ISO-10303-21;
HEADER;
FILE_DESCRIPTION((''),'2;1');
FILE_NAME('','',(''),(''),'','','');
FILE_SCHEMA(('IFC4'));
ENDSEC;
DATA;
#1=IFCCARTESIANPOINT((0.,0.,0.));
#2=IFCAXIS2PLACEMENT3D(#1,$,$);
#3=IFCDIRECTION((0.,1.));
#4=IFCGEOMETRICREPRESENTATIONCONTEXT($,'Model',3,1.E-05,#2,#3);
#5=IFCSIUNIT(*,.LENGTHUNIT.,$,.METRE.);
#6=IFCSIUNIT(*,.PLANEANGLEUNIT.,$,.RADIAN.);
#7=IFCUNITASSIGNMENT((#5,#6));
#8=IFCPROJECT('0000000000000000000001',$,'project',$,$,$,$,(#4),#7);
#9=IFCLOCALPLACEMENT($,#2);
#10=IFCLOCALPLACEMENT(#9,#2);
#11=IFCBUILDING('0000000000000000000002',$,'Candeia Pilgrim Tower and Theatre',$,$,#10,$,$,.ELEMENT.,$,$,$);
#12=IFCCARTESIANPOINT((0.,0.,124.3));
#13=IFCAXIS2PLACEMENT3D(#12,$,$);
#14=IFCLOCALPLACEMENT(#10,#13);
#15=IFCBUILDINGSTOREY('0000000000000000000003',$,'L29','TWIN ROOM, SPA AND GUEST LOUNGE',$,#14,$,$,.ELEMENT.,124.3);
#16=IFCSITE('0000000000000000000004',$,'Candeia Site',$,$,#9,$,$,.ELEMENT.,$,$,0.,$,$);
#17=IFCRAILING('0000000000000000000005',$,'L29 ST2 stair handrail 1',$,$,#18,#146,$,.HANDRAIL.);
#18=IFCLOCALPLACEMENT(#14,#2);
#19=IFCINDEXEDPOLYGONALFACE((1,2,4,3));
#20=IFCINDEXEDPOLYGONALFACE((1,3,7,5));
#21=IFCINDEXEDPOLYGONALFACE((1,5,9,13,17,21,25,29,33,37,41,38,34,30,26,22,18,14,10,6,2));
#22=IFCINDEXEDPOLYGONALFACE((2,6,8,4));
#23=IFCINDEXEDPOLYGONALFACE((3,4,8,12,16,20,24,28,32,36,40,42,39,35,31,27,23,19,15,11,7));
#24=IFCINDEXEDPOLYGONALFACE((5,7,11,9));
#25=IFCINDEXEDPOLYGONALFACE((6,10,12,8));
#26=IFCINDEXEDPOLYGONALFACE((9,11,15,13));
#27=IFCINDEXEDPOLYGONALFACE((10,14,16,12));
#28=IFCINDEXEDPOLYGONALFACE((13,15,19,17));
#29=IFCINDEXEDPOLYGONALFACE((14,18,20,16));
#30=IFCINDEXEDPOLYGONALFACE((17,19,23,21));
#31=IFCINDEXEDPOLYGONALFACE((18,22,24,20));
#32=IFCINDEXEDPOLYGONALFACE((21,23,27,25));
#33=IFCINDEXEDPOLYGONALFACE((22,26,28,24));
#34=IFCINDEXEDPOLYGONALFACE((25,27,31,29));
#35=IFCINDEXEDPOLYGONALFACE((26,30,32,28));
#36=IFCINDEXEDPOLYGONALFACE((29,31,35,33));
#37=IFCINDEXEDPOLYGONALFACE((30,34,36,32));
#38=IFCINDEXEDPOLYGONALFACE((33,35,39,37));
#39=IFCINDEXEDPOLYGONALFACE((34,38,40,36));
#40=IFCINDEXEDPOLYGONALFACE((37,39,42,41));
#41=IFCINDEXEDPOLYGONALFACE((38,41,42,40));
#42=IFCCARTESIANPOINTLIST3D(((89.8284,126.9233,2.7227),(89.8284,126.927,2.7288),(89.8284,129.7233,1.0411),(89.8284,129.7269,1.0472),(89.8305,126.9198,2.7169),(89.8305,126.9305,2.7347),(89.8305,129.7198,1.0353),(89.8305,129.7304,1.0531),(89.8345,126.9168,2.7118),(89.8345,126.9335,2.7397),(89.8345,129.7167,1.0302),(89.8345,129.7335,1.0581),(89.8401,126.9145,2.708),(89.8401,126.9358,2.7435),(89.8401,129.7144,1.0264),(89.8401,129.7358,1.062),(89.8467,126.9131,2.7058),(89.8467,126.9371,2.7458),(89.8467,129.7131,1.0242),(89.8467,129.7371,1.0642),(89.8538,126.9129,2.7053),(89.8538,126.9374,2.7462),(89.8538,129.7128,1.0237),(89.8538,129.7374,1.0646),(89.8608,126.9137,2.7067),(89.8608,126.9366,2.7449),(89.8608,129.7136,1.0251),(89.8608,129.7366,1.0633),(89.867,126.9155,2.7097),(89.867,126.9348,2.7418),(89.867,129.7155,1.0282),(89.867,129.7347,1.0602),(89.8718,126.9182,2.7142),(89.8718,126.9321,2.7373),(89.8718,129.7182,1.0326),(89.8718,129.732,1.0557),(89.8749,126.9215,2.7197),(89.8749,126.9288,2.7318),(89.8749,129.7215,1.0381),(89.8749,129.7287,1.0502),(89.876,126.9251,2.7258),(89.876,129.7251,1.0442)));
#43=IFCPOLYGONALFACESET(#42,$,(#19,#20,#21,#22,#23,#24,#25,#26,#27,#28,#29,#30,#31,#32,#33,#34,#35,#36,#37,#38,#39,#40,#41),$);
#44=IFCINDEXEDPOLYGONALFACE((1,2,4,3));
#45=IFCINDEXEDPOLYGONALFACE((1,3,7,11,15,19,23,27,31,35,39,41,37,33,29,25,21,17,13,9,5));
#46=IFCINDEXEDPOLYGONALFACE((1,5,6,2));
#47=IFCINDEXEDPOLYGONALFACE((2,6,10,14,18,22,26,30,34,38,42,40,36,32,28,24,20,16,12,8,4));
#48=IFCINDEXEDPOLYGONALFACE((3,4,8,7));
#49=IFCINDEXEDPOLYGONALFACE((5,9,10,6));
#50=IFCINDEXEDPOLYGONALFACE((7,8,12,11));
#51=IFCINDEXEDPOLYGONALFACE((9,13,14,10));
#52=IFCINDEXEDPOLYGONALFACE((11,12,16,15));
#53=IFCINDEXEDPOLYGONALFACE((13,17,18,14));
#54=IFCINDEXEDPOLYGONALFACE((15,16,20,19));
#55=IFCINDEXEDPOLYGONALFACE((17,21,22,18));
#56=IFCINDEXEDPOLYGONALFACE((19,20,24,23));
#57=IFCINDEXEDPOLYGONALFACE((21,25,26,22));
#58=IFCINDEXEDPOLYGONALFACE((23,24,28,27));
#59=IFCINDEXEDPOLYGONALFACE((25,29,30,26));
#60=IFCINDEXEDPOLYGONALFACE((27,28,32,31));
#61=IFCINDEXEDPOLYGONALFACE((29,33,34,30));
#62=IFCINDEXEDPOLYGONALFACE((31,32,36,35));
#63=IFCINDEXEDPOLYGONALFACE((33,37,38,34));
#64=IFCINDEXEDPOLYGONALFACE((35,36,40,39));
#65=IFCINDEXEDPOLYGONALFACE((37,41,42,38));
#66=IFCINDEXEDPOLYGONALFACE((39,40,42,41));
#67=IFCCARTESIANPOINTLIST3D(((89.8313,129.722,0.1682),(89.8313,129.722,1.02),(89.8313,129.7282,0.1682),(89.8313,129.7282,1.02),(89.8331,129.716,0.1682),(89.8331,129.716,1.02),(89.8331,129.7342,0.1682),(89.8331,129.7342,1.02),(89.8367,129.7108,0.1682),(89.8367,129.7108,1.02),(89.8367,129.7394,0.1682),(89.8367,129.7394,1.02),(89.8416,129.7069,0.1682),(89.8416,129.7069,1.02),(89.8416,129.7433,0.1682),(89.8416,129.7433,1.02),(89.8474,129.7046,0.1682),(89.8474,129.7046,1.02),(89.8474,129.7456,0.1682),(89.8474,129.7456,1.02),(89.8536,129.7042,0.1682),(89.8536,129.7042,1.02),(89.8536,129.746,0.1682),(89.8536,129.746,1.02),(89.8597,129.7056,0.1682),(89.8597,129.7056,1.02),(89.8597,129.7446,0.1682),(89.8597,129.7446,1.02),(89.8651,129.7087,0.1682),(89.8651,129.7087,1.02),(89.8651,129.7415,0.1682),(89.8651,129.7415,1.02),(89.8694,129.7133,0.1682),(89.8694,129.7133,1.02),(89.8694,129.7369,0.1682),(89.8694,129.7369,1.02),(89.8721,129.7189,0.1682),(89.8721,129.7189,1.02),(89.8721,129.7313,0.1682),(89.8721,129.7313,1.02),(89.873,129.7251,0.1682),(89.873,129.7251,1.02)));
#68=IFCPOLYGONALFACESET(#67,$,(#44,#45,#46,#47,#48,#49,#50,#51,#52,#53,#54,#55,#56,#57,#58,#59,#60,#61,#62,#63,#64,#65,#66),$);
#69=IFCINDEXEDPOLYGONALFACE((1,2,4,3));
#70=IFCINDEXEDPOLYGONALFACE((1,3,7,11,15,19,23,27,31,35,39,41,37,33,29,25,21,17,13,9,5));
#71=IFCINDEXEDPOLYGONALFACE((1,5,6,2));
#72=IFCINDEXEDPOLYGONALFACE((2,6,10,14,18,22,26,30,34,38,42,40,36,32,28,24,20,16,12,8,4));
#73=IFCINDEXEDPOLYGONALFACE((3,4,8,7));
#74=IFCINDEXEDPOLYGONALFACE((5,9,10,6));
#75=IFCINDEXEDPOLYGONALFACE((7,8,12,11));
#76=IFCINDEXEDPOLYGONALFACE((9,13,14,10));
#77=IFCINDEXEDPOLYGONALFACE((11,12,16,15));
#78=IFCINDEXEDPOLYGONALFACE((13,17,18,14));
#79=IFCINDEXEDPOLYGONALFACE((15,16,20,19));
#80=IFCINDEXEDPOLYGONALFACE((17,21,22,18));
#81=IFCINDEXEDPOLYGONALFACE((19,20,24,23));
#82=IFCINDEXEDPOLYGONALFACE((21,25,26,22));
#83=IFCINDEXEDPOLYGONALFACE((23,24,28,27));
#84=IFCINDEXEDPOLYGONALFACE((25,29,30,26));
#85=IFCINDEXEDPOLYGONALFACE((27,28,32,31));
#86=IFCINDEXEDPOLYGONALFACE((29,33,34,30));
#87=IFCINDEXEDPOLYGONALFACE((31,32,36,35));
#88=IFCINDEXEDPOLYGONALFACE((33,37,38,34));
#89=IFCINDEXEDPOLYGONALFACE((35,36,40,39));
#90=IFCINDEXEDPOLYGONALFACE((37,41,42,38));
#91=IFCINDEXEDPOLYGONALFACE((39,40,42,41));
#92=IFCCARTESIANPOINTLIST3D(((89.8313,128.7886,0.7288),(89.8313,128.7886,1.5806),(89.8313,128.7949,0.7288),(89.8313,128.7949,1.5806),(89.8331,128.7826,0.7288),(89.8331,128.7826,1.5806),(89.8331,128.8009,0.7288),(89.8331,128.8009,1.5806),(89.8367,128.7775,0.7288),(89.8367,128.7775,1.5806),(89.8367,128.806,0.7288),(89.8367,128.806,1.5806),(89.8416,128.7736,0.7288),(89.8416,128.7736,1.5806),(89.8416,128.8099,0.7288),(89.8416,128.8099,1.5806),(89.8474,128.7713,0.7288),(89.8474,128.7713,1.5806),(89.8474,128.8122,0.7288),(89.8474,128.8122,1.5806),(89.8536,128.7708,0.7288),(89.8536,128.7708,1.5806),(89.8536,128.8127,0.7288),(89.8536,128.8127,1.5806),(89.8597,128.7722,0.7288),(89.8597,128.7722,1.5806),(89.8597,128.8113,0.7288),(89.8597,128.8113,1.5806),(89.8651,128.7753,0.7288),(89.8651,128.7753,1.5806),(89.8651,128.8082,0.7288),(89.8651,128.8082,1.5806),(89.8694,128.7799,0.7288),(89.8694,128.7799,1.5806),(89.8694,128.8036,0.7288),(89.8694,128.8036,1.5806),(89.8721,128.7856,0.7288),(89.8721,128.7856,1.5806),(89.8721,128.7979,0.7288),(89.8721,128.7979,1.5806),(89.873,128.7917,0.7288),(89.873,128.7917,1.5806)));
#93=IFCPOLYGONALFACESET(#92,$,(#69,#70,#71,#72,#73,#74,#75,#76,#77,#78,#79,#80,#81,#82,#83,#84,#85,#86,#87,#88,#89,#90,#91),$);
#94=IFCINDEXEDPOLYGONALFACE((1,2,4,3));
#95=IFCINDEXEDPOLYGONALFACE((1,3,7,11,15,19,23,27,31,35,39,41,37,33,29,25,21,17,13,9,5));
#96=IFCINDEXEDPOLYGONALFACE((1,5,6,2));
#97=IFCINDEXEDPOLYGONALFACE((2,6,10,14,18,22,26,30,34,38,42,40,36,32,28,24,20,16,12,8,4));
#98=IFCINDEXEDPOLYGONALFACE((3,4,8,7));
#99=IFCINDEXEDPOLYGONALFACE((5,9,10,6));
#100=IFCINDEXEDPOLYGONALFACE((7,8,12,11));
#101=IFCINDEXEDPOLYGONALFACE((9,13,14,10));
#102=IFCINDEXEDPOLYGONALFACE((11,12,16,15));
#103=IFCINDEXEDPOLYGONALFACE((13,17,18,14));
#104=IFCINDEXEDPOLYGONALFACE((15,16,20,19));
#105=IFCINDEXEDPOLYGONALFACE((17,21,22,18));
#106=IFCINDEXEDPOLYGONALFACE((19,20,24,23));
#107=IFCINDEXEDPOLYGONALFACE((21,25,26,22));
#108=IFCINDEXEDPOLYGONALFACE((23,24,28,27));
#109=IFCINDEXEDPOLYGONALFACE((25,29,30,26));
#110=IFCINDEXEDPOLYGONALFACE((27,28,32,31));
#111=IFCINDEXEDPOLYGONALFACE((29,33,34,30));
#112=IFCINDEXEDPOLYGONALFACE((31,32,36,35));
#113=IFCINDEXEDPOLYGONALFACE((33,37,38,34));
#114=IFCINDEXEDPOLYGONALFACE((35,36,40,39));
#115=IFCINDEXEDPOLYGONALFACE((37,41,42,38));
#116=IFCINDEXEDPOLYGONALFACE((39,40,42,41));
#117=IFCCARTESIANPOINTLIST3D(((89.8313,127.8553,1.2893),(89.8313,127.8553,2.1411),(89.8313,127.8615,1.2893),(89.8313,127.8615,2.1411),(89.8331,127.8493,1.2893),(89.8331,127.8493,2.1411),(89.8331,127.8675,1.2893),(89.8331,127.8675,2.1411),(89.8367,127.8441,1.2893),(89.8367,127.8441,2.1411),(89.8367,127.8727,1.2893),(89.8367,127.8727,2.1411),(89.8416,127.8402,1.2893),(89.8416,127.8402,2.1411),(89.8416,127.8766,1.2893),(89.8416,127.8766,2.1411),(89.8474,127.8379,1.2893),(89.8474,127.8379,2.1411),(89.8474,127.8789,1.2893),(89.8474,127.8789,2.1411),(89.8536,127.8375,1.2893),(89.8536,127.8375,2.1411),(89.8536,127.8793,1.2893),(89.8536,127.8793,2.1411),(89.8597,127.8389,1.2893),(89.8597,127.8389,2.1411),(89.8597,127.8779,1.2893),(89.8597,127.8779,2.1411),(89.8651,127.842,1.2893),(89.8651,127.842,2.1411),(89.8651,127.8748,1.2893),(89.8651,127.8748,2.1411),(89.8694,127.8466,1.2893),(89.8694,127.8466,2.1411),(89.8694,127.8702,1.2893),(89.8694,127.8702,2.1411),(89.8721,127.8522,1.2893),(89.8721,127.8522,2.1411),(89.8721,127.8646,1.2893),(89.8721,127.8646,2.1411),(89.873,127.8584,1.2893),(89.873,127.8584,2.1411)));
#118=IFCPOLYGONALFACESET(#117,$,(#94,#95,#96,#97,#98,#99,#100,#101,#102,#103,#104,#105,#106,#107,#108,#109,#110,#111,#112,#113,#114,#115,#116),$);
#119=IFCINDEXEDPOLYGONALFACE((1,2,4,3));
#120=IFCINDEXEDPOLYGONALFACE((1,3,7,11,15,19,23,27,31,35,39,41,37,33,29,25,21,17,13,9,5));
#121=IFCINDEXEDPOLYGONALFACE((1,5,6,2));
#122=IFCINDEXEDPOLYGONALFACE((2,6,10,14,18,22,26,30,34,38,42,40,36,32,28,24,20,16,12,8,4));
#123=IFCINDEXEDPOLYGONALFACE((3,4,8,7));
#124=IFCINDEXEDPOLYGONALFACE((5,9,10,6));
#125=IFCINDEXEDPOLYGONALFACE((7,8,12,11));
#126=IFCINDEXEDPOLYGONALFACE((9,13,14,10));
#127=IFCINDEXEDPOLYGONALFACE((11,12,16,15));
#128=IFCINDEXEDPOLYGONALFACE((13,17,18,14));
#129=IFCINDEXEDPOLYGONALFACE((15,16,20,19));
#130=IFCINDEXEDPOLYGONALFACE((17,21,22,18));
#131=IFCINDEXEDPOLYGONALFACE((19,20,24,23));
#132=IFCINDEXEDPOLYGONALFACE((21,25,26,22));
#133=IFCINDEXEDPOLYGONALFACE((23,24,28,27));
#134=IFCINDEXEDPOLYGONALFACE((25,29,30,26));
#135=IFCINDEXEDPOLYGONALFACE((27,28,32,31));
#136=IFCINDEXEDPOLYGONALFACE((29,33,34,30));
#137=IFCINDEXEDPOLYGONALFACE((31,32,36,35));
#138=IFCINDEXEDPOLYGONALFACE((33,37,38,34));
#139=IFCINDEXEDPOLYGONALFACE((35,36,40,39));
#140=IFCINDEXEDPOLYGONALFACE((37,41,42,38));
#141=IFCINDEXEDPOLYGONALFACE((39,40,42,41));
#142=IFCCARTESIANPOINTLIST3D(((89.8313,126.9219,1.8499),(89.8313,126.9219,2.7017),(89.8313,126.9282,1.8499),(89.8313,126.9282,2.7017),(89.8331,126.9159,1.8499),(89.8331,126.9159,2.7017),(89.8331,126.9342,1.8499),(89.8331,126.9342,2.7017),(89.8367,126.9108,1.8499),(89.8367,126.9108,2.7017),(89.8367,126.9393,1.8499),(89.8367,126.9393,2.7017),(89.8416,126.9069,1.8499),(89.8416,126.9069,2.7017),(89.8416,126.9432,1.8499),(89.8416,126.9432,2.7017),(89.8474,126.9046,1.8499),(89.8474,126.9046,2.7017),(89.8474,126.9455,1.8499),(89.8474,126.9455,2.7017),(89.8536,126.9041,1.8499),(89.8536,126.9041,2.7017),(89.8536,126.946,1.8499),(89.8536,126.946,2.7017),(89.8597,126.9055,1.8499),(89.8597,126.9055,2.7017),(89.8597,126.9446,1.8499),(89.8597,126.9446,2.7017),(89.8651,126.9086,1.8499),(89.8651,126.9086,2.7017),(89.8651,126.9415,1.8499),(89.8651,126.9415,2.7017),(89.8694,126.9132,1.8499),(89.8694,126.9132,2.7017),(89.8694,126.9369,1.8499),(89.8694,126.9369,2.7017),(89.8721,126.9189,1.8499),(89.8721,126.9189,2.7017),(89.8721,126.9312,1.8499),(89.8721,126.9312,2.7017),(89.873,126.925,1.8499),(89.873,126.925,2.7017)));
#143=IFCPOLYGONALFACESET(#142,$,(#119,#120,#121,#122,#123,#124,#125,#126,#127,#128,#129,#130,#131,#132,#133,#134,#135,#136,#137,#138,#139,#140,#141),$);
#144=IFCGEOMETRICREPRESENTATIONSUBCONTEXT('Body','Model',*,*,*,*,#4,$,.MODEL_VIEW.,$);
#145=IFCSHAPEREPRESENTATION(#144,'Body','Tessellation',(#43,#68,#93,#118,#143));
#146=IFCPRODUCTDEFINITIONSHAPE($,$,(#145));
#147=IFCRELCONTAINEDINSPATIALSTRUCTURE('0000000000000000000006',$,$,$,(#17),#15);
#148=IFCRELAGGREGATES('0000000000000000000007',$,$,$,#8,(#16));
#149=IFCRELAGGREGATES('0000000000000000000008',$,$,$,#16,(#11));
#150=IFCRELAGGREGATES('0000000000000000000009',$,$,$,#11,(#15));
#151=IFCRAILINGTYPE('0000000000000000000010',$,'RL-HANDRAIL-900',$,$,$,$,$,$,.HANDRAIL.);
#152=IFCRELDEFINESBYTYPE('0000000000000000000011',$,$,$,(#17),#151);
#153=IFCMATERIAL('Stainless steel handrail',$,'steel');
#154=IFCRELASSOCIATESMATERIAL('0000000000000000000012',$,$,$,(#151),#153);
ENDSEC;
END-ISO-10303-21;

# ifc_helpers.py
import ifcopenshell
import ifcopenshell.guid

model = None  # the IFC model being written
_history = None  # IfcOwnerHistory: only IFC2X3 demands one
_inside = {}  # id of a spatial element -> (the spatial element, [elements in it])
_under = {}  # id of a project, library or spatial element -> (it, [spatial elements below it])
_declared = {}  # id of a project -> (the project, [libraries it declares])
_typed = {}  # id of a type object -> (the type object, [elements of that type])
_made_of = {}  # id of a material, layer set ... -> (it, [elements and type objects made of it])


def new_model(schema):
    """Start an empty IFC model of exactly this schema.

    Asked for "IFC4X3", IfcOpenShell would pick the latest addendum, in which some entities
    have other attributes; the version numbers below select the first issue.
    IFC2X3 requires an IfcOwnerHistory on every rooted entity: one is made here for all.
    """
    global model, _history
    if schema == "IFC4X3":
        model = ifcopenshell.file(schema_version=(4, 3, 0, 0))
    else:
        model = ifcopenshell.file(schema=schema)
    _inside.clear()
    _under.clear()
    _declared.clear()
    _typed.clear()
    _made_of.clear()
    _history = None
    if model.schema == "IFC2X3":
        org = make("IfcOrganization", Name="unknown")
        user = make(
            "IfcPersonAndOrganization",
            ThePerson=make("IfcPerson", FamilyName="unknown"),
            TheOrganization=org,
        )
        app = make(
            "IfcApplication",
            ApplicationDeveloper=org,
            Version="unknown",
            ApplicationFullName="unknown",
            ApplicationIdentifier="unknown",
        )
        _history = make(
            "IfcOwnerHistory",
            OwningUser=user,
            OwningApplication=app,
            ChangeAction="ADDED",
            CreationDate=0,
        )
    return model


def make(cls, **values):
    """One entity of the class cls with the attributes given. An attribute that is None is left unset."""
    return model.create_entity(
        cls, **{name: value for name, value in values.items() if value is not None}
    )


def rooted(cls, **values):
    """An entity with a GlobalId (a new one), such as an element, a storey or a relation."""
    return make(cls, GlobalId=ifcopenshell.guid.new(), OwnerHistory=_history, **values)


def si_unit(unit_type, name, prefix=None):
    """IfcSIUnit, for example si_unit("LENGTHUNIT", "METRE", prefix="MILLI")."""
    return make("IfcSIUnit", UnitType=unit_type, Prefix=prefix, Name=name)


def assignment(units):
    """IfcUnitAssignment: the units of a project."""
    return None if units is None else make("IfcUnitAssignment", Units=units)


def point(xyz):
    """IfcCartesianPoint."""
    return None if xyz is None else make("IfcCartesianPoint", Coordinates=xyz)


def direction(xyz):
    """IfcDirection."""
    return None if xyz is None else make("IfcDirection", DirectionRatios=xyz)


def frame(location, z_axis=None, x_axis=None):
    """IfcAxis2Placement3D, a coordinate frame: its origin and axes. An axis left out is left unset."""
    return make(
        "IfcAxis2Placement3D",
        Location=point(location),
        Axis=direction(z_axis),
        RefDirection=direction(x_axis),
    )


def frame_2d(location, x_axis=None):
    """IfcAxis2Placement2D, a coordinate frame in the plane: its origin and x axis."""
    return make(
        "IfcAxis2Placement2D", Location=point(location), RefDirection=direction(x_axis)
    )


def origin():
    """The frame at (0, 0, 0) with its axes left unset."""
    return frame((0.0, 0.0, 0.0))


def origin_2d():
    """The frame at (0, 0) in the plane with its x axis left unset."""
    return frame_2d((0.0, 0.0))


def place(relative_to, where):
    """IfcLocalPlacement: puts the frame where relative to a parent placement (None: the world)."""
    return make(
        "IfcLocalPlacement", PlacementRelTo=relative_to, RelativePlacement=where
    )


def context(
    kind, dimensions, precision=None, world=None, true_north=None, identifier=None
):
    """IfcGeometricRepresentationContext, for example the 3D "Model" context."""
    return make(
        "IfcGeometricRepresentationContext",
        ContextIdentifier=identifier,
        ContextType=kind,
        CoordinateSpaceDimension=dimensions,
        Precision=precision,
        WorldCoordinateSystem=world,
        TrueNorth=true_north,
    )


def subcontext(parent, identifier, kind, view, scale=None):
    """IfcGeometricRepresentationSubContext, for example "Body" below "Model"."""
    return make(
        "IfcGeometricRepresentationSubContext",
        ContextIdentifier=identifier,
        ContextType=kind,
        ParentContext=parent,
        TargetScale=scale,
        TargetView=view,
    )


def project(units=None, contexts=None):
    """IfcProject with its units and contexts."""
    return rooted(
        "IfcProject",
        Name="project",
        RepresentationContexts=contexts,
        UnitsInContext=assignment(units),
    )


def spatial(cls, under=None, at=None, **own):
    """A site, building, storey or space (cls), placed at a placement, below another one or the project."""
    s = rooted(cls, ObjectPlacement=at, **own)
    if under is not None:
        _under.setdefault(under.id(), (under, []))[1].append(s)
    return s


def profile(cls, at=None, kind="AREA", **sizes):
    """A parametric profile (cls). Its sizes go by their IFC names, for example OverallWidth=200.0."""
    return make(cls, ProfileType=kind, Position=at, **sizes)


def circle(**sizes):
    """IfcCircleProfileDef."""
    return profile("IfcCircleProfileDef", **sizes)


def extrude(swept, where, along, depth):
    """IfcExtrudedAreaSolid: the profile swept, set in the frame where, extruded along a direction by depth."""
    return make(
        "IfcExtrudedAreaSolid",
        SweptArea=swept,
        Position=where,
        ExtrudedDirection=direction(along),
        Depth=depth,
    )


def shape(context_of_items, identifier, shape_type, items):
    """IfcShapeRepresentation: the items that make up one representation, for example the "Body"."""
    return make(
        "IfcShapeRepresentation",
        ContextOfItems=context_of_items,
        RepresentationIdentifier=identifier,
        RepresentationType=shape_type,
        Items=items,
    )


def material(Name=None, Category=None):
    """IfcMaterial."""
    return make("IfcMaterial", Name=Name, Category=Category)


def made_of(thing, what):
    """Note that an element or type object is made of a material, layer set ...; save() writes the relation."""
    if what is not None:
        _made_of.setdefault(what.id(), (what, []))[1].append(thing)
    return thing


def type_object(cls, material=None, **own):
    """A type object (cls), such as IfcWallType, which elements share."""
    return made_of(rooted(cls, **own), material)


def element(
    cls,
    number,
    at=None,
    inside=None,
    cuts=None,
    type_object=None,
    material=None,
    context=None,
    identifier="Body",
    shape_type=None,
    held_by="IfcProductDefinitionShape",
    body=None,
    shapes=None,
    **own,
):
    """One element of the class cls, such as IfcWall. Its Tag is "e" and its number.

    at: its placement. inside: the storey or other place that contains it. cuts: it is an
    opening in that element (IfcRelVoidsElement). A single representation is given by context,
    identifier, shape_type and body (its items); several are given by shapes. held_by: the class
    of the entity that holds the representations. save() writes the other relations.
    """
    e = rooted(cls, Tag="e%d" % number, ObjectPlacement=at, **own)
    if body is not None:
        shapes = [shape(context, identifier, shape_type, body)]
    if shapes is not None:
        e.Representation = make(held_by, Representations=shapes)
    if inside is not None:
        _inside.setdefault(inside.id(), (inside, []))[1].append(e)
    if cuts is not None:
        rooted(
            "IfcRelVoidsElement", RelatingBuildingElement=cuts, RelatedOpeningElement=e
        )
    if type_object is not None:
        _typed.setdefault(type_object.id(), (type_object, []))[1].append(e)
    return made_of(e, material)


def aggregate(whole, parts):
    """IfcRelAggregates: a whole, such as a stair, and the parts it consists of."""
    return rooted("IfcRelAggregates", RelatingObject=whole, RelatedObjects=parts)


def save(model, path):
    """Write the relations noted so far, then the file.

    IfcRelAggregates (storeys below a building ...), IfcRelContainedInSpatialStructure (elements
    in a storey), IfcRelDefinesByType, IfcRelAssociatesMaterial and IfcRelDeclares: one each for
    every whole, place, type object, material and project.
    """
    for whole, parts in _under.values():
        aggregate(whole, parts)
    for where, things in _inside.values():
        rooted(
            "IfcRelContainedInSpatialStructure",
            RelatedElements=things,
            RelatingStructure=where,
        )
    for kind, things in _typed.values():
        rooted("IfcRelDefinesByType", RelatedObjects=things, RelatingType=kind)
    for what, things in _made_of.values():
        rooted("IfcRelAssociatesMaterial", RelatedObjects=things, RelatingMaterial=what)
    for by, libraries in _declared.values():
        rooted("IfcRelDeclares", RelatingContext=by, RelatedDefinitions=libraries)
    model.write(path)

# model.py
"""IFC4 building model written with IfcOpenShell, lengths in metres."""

from ifc_helpers import new_model, si_unit, direction, frame, origin, origin_2d, place, context, subcontext, project, spatial, circle, extrude, material, type_object, element, save


model = new_model("IFC4")

# Units and contexts
model_context = context("Model", 3, precision=1e-05, world=origin(), true_north=direction((0.0, 1.0)))
body_context = subcontext(model_context, "Body", "Model", "MODEL_VIEW")
ifc_project = project(units=[si_unit("LENGTHUNIT", "METRE"), si_unit("PLANEANGLEUNIT", "RADIAN")], contexts=[model_context])

# Site, building, storey
site_placement = place(None, origin())
site = spatial("IfcSite", under=ifc_project, at=site_placement, Name="Candeia Site", CompositionType="ELEMENT", RefElevation=0.0)
building_placement = place(site_placement, origin())
building = spatial("IfcBuilding", under=site, at=building_placement, Name="Candeia Pilgrim Tower and Theatre", CompositionType="ELEMENT")
storey_placement = place(building_placement, frame((0.0, 0.0, 124.3)))
storey = spatial("IfcBuildingStorey", under=building, at=storey_placement, Name="L29", Description="TWIN ROOM, SPA AND GUEST LOUNGE", CompositionType="ELEMENT", Elevation=124.3)

# Railing
ifc_material_1 = material(Name="Stainless steel handrail", Category="steel")
railing_type_1 = type_object("IfcRailingType", Name="RL-HANDRAIL-900", PredefinedType="HANDRAIL", material=ifc_material_1)
for number, where, name in (
    (1, (89.8521, 129.7251, 0.1682), "L29 ST2 stair handrail 1"),
):
    element("IfcRailing", number, at=place(storey_placement, frame(where)), inside=storey, type_object=railing_type_1, Name=name, PredefinedType="HANDRAIL", context=body_context, shape_type="SweptSolid", body=[
        extrude(circle(Radius=0.0239, at=origin_2d()), frame((0.0, 0.0, 0.876), z_axis=(0.0, -0.857275, 0.514858), x_axis=(1.0, 0.0, 0.0)), (0.0, 0.0, 1.0), 3.2661),
        extrude(circle(Radius=0.021, at=origin_2d()), origin(), (0.0, 0.0, 1.0), 0.8518),
        extrude(circle(Radius=0.021, at=origin_2d()), frame((0.0, -0.9333, 0.5605)), (0.0, 0.0, 1.0), 0.8518),
        extrude(circle(Radius=0.021, at=origin_2d()), frame((0.0, -1.8667, 1.1211)), (0.0, 0.0, 1.0), 0.8518),
        extrude(circle(Radius=0.021, at=origin_2d()), frame((0.0, -2.8, 1.6816)), (0.0, 0.0, 1.0), 0.8518),
    ])

save(model, "model.ifc")
